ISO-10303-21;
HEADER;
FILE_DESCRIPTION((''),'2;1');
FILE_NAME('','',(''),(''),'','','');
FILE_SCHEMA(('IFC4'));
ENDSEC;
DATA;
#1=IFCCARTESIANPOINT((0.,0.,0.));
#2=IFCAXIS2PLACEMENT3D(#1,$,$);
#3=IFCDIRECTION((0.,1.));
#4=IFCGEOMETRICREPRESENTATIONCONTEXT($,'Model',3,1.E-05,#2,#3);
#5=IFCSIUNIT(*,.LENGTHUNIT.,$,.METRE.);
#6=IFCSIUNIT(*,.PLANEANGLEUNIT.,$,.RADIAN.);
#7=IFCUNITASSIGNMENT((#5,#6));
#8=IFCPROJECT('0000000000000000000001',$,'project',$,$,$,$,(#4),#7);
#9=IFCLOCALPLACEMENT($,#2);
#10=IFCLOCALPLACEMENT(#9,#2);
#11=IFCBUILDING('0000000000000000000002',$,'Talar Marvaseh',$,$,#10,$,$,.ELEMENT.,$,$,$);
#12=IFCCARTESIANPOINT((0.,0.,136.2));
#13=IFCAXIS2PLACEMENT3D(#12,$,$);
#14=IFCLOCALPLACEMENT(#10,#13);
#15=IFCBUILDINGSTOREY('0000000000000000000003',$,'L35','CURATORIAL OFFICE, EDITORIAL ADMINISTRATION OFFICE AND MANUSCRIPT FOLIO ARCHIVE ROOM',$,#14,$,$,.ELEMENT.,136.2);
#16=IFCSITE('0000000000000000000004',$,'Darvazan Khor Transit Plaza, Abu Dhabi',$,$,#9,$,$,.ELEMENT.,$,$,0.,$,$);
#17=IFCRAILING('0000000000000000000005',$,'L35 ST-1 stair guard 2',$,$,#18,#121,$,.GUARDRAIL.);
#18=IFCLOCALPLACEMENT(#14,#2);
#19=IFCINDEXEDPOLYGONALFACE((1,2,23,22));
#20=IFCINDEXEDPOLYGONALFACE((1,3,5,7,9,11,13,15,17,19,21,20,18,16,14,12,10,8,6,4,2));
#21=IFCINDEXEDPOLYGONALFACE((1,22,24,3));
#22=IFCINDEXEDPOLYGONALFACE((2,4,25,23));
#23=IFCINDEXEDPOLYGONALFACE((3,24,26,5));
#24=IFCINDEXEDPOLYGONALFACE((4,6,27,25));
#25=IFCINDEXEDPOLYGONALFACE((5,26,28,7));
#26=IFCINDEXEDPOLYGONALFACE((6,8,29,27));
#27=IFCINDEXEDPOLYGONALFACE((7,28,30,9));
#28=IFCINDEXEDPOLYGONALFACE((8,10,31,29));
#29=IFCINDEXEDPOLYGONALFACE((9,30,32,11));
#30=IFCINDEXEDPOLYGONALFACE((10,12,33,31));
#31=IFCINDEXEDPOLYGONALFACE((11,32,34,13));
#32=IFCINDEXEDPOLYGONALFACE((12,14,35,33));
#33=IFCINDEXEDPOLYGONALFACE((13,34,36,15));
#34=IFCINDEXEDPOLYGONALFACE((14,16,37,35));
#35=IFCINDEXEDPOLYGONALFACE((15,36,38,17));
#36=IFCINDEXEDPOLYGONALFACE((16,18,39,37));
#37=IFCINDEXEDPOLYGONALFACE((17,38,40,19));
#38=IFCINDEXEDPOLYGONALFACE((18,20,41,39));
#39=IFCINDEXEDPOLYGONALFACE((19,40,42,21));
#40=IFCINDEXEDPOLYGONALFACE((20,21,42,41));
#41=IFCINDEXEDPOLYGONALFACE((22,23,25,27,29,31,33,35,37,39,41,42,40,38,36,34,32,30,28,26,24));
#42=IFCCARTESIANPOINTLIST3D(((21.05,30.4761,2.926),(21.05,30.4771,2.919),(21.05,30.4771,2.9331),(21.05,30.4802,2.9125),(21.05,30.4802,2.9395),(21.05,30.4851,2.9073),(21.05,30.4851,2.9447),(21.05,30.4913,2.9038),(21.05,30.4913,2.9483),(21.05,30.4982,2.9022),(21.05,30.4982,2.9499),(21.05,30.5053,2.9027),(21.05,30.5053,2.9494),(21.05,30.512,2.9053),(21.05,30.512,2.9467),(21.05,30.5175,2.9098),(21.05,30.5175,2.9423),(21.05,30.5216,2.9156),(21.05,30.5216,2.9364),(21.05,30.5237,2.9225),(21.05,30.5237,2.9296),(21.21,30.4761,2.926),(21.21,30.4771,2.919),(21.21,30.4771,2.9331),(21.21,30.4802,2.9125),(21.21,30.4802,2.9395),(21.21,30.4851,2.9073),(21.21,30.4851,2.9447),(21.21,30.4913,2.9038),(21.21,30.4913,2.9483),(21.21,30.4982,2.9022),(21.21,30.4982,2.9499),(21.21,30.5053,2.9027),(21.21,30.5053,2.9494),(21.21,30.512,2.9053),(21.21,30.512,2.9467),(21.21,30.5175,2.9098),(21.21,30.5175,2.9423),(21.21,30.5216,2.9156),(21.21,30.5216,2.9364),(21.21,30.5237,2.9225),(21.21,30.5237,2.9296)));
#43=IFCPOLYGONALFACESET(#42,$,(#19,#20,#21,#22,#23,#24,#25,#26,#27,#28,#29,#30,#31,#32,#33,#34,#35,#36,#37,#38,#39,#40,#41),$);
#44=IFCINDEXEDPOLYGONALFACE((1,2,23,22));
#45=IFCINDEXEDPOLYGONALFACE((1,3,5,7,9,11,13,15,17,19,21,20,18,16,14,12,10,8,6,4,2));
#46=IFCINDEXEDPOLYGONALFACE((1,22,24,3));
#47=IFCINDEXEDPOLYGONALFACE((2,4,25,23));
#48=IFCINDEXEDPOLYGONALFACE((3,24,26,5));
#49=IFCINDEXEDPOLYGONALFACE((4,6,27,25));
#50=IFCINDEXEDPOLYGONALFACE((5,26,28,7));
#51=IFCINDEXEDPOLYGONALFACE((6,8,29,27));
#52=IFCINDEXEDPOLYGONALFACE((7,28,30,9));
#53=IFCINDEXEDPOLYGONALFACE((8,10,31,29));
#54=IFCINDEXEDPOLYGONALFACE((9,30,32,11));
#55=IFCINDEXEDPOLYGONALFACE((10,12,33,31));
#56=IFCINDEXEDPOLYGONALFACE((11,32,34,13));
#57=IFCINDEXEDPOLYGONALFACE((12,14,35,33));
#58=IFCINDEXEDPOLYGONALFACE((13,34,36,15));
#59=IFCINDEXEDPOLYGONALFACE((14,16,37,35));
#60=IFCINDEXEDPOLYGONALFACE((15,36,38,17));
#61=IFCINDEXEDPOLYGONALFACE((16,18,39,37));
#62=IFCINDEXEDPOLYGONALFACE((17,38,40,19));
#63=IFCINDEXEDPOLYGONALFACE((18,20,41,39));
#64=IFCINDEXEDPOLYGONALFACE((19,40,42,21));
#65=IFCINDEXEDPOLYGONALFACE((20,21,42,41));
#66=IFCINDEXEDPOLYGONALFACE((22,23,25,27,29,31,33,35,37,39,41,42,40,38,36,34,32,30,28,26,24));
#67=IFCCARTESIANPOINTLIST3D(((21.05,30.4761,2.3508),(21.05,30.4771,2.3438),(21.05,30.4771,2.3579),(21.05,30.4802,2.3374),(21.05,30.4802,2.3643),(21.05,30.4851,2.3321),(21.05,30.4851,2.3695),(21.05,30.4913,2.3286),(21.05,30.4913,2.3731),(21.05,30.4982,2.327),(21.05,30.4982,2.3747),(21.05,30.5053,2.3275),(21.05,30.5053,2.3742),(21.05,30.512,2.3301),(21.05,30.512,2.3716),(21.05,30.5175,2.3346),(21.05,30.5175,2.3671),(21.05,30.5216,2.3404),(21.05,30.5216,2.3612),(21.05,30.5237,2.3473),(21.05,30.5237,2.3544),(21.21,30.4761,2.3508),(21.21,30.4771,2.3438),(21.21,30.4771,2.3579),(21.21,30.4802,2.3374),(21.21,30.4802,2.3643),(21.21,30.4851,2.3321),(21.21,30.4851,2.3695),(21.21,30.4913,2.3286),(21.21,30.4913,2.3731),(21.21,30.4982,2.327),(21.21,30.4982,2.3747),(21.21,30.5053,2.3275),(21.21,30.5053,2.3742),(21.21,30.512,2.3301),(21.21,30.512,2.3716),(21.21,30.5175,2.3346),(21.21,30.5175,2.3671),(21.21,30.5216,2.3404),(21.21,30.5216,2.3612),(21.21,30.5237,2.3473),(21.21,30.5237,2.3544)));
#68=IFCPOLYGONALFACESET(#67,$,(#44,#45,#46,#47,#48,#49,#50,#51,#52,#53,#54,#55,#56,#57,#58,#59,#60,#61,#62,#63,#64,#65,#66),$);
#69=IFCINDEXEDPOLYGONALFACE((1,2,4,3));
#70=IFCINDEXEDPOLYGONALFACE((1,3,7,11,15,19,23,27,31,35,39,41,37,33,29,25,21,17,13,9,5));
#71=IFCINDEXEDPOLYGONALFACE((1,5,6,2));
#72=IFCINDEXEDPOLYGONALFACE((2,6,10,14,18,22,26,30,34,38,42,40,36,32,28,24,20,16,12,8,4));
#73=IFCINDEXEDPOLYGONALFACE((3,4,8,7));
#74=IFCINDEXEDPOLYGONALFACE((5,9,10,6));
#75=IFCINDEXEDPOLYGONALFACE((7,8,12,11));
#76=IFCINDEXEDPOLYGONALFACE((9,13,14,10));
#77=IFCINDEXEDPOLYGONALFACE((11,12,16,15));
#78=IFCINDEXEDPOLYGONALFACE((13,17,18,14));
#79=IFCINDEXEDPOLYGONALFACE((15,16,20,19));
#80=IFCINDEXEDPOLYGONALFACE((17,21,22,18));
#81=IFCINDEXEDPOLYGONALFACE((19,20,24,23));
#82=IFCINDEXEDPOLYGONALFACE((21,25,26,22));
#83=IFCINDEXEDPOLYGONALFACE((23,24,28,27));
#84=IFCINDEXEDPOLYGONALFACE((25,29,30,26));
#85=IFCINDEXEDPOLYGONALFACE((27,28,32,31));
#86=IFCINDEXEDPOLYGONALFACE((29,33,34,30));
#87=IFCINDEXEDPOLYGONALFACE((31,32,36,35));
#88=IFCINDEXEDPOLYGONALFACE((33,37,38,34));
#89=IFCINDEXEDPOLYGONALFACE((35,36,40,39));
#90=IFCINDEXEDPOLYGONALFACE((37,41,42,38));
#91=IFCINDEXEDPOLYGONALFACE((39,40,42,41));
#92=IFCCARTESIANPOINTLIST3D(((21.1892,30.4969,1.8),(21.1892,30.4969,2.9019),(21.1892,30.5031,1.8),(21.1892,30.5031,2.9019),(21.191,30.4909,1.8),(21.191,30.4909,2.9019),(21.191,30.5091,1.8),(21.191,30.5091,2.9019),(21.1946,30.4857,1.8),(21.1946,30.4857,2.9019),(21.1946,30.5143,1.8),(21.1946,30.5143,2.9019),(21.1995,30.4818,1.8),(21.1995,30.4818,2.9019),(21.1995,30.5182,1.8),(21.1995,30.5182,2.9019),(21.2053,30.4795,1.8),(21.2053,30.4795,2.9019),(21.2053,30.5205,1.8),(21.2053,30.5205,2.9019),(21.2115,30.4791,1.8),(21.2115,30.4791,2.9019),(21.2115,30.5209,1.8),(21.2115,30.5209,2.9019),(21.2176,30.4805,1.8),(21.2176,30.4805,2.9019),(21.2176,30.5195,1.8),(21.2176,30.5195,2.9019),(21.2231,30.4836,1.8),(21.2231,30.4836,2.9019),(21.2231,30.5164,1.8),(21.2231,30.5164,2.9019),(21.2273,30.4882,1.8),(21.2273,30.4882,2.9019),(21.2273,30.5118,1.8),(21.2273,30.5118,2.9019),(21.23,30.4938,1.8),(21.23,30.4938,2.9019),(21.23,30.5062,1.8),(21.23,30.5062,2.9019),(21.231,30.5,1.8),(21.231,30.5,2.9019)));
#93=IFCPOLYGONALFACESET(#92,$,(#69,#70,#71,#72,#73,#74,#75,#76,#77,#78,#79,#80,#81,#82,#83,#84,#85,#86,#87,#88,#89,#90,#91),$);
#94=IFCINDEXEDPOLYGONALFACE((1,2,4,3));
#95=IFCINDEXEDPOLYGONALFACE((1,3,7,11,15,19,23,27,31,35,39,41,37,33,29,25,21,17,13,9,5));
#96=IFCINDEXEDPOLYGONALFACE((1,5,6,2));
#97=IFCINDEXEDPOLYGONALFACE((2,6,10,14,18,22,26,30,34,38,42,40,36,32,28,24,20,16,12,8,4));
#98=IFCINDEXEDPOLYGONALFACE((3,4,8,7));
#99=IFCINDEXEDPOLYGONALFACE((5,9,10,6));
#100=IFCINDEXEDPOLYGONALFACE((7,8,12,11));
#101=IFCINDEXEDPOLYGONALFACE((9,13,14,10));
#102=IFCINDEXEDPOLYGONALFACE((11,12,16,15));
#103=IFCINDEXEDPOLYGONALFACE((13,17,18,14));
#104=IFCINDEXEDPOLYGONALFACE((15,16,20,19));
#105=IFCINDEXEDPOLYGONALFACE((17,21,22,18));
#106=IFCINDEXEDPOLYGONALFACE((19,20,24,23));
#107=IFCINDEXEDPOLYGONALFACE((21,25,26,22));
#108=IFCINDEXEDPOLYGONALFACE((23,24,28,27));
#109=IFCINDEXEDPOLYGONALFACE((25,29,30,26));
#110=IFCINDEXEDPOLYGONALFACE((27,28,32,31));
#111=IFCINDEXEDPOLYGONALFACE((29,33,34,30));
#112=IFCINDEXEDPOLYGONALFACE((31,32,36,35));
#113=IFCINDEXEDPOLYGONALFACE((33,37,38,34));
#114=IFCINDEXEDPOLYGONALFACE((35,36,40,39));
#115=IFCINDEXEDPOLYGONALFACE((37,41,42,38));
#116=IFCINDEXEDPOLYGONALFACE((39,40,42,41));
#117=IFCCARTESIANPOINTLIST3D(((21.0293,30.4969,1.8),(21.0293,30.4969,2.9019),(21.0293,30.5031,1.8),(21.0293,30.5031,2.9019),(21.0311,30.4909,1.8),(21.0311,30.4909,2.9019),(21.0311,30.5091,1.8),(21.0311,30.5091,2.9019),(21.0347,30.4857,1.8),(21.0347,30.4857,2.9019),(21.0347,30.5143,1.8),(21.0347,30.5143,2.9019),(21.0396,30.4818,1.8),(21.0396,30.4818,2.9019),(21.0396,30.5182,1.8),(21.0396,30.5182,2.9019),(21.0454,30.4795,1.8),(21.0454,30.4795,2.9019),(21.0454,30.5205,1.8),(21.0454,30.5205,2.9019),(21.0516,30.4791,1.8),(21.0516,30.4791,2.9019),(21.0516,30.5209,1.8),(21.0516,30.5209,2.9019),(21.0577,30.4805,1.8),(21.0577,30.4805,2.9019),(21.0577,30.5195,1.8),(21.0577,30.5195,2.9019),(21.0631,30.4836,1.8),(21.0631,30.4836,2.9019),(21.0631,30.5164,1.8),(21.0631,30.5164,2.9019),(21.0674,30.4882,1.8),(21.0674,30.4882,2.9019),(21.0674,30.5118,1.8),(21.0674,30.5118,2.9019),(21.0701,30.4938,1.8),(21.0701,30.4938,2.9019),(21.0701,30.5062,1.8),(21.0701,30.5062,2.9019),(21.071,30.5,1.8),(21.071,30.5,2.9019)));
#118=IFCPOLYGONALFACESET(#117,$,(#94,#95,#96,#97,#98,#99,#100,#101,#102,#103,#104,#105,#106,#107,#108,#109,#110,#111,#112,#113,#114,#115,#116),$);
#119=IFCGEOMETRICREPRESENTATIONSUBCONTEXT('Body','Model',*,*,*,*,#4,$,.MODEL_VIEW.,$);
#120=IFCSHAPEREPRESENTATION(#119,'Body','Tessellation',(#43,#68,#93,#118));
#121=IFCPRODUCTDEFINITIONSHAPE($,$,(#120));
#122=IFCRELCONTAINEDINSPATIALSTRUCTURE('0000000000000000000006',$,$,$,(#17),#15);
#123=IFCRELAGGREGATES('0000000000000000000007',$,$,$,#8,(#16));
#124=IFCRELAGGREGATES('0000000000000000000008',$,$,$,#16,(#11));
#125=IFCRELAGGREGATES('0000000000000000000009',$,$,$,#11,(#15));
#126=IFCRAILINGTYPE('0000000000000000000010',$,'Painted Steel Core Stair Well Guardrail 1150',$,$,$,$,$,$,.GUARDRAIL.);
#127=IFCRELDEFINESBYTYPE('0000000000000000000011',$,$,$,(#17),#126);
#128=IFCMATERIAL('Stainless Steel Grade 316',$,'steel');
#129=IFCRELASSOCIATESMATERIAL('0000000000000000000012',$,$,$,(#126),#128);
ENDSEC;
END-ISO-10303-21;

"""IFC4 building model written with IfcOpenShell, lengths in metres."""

from ifc_helpers import new_model, si_unit, direction, frame, origin, origin_2d, place, context, subcontext, project, spatial, circle, extrude, material, type_object, element, save


model = new_model("IFC4")

# Units and contexts
model_context = context("Model", 3, precision=1e-05, world=origin(), true_north=direction((0.0, 1.0)))
body_context = subcontext(model_context, "Body", "Model", "MODEL_VIEW")
ifc_project = project(units=[si_unit("LENGTHUNIT", "METRE"), si_unit("PLANEANGLEUNIT", "RADIAN")], contexts=[model_context])

# Site, building, storey
site_placement = place(None, origin())
site = spatial("IfcSite", under=ifc_project, at=site_placement, Name="Darvazan Khor Transit Plaza, Abu Dhabi", CompositionType="ELEMENT", RefElevation=0.0)
building_placement = place(site_placement, origin())
building = spatial("IfcBuilding", under=site, at=building_placement, Name="Talar Marvaseh", CompositionType="ELEMENT")
storey_placement = place(building_placement, frame((0.0, 0.0, 136.2)))
storey = spatial("IfcBuildingStorey", under=building, at=storey_placement, Name="L35", Description="CURATORIAL OFFICE, EDITORIAL ADMINISTRATION OFFICE AND MANUSCRIPT FOLIO ARCHIVE ROOM", CompositionType="ELEMENT", Elevation=136.2)

# Railing
ifc_material_1 = material(Name="Stainless Steel Grade 316", Category="steel")
railing_type_1 = type_object("IfcRailingType", Name="Painted Steel Core Stair Well Guardrail 1150", PredefinedType="GUARDRAIL", material=ifc_material_1)
railing_1_placement = place(storey_placement, frame((21.21, 30.5, 1.8)))
element("IfcRailing", 1, at=railing_1_placement, inside=storey, type_object=railing_type_1, Name="L35 ST-1 stair guard 2", PredefinedType="GUARDRAIL", context=body_context, shape_type="SweptSolid", body=[
    extrude(circle(Radius=0.0239, at=origin_2d()), frame((0.0, 0.0, 1.126), z_axis=(-1.0, 0.0, 0.0), x_axis=(0.0, -1.0, 0.0)), (0.0, 0.0, 1.0), 0.1599),
    extrude(circle(Radius=0.0239, at=origin_2d()), frame((0.0, 0.0, 0.5508), z_axis=(-1.0, 0.0, 0.0), x_axis=(0.0, -1.0, 0.0)), (0.0, 0.0, 1.0), 0.1599),
    extrude(circle(Radius=0.021, at=origin_2d()), origin(), (0.0, 0.0, 1.0), 1.1018),
    extrude(circle(Radius=0.021, at=origin_2d()), frame((-0.1599, 0.0, 0.0)), (0.0, 0.0, 1.0), 1.1018),
])

save(model, "model.ifc")
